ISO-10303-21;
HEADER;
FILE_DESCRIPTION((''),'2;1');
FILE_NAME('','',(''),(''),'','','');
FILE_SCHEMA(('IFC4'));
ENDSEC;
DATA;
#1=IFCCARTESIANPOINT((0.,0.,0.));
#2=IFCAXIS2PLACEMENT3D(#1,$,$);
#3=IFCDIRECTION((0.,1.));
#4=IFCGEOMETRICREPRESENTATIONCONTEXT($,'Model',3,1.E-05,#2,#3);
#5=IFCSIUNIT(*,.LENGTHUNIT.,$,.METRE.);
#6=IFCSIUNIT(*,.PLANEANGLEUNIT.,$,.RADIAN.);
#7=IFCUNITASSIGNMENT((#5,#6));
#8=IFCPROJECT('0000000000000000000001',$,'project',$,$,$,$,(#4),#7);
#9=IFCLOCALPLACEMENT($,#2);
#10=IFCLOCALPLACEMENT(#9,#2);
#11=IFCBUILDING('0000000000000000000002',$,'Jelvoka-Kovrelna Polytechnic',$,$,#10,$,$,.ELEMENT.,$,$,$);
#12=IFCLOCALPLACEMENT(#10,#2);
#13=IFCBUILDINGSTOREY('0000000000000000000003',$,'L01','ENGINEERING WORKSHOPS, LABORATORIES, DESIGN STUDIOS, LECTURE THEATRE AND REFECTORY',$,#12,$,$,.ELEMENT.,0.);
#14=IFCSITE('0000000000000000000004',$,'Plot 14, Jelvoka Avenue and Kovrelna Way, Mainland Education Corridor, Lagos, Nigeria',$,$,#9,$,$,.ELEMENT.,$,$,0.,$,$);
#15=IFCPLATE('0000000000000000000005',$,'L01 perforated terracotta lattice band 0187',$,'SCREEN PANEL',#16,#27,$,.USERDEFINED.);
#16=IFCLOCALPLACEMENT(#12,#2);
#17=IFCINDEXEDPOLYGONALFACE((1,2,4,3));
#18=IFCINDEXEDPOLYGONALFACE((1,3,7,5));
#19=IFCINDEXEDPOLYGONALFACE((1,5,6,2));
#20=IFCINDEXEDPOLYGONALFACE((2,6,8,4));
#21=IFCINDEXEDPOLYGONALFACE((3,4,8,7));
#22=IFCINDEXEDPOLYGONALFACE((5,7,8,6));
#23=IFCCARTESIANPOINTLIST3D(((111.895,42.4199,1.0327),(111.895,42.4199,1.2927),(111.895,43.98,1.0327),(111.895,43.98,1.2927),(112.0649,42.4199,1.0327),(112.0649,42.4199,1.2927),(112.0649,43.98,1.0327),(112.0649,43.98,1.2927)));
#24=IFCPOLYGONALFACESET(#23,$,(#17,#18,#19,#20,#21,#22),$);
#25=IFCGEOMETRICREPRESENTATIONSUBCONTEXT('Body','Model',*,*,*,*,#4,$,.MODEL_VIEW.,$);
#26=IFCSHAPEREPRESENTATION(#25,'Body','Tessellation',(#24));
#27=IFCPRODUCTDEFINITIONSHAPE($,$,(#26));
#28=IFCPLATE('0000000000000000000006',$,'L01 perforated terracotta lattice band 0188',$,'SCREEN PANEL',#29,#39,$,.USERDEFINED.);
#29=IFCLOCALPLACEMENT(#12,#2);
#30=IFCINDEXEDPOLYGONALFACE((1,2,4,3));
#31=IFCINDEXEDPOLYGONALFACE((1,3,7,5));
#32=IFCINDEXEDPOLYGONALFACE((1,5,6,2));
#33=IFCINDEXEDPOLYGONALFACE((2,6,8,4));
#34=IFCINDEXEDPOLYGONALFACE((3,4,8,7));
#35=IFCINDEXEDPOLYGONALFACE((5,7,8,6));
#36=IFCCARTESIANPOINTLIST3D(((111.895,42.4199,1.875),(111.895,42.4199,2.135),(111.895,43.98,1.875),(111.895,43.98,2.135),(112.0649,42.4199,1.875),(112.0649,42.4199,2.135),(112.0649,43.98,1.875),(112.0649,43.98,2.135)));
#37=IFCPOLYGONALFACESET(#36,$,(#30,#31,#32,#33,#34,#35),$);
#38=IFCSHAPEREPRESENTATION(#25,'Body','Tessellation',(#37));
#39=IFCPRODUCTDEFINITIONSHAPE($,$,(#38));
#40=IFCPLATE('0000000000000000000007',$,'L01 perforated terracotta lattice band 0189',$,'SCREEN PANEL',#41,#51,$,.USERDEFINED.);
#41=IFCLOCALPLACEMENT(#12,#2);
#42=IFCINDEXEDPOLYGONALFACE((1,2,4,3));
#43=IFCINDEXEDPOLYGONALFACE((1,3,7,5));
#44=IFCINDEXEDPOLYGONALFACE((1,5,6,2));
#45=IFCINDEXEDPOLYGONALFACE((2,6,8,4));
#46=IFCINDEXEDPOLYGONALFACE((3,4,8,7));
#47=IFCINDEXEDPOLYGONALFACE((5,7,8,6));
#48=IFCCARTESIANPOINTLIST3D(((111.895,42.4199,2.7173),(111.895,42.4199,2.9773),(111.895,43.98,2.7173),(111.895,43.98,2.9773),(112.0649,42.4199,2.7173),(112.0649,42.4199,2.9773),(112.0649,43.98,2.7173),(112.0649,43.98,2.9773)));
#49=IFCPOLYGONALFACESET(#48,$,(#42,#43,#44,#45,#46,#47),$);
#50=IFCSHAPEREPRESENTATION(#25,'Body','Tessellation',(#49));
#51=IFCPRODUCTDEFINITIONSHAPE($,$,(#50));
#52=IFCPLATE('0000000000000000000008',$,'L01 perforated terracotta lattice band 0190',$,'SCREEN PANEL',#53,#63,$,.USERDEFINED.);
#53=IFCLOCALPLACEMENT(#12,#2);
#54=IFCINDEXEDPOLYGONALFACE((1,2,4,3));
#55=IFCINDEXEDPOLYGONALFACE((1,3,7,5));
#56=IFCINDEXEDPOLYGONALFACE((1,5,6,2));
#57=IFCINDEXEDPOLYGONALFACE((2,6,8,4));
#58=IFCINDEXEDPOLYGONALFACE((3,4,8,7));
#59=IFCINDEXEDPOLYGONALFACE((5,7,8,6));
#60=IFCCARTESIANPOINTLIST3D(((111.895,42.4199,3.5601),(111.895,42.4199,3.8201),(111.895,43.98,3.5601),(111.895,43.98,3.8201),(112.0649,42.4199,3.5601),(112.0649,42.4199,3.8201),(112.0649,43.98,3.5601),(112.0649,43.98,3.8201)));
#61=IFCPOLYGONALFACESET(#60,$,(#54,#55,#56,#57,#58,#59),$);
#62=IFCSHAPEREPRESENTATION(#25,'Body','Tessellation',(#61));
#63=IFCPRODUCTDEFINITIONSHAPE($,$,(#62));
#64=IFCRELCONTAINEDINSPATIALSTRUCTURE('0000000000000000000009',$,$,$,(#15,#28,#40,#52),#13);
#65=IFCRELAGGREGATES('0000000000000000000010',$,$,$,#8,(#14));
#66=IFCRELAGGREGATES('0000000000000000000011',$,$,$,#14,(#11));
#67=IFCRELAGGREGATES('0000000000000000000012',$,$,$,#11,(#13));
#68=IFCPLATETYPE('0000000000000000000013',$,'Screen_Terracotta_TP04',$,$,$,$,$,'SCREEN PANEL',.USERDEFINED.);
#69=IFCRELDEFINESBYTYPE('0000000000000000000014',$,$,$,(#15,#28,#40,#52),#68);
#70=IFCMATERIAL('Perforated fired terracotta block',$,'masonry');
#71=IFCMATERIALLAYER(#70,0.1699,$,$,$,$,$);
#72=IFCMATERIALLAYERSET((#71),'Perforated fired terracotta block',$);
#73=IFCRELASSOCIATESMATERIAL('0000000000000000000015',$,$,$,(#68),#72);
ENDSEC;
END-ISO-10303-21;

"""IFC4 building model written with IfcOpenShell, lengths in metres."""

from ifc_helpers import new_model, si_unit, direction, frame, origin, origin_2d, place, context, subcontext, project, spatial, rectangle, extrude, material, layer, layer_set, type_object, element, save


model = new_model("IFC4")

# Units and contexts
model_context = context("Model", 3, precision=1e-05, world=origin(), true_north=direction((0.0, 1.0)))
body_context = subcontext(model_context, "Body", "Model", "MODEL_VIEW")
ifc_project = project(units=[si_unit("LENGTHUNIT", "METRE"), si_unit("PLANEANGLEUNIT", "RADIAN")], contexts=[model_context])

# Site, building, storey
site_placement = place(None, origin())
site = spatial("IfcSite", under=ifc_project, at=site_placement, Name="Plot 14, Jelvoka Avenue and Kovrelna Way, Mainland Education Corridor, Lagos, Nigeria", CompositionType="ELEMENT", RefElevation=0.0)
building_placement = place(site_placement, origin())
building = spatial("IfcBuilding", under=site, at=building_placement, Name="Jelvoka-Kovrelna Polytechnic", CompositionType="ELEMENT")
storey_placement = place(building_placement, origin())
storey = spatial("IfcBuildingStorey", under=building, at=storey_placement, Name="L01", Description="ENGINEERING WORKSHOPS, LABORATORIES, DESIGN STUDIOS, LECTURE THEATRE AND REFECTORY", CompositionType="ELEMENT", Elevation=0.0)

# Plates
ifc_material_1 = material(Name="Perforated fired terracotta block", Category="masonry")
ifc_layer_1 = layer(ifc_material_1, 0.1699)
ifc_layer_set_1 = layer_set([ifc_layer_1], Name="Perforated fired terracotta block")
plate_type_1 = type_object("IfcPlateType", Name="Screen_Terracotta_TP04", ElementType="SCREEN PANEL", PredefinedType="USERDEFINED", material=ifc_layer_set_1)
for number, where, z_axis, x_axis, name in (
    (1, (111.98, 43.2, 1.0327), (0.0, 0.0, 1.0), (0.0, 1.0, 0.0), "L01 perforated terracotta lattice band 0187"),
    (2, (111.98, 43.2, 1.875), (0.0, 0.0, 1.0), (0.0, 1.0, 0.0), "L01 perforated terracotta lattice band 0188"),
    (3, (111.98, 43.2, 2.7173), (0.0, 0.0, 1.0), (0.0, 1.0, 0.0), "L01 perforated terracotta lattice band 0189"),
    (4, (111.98, 43.2, 3.5601), (0.0, 0.0, 1.0), (0.0, 1.0, 0.0), "L01 perforated terracotta lattice band 0190"),
):
    element("IfcPlate", number, at=place(storey_placement, frame(where, z_axis=z_axis, x_axis=x_axis)), inside=storey, type_object=plate_type_1, Name=name, ObjectType="SCREEN PANEL", PredefinedType="USERDEFINED", context=body_context, shape_type="SweptSolid", body=[
        extrude(rectangle(XDim=1.5601, YDim=0.1699, at=origin_2d()), origin(), (0.0, 0.0, 1.0), 0.26),
    ])

save(model, "model.ifc")
